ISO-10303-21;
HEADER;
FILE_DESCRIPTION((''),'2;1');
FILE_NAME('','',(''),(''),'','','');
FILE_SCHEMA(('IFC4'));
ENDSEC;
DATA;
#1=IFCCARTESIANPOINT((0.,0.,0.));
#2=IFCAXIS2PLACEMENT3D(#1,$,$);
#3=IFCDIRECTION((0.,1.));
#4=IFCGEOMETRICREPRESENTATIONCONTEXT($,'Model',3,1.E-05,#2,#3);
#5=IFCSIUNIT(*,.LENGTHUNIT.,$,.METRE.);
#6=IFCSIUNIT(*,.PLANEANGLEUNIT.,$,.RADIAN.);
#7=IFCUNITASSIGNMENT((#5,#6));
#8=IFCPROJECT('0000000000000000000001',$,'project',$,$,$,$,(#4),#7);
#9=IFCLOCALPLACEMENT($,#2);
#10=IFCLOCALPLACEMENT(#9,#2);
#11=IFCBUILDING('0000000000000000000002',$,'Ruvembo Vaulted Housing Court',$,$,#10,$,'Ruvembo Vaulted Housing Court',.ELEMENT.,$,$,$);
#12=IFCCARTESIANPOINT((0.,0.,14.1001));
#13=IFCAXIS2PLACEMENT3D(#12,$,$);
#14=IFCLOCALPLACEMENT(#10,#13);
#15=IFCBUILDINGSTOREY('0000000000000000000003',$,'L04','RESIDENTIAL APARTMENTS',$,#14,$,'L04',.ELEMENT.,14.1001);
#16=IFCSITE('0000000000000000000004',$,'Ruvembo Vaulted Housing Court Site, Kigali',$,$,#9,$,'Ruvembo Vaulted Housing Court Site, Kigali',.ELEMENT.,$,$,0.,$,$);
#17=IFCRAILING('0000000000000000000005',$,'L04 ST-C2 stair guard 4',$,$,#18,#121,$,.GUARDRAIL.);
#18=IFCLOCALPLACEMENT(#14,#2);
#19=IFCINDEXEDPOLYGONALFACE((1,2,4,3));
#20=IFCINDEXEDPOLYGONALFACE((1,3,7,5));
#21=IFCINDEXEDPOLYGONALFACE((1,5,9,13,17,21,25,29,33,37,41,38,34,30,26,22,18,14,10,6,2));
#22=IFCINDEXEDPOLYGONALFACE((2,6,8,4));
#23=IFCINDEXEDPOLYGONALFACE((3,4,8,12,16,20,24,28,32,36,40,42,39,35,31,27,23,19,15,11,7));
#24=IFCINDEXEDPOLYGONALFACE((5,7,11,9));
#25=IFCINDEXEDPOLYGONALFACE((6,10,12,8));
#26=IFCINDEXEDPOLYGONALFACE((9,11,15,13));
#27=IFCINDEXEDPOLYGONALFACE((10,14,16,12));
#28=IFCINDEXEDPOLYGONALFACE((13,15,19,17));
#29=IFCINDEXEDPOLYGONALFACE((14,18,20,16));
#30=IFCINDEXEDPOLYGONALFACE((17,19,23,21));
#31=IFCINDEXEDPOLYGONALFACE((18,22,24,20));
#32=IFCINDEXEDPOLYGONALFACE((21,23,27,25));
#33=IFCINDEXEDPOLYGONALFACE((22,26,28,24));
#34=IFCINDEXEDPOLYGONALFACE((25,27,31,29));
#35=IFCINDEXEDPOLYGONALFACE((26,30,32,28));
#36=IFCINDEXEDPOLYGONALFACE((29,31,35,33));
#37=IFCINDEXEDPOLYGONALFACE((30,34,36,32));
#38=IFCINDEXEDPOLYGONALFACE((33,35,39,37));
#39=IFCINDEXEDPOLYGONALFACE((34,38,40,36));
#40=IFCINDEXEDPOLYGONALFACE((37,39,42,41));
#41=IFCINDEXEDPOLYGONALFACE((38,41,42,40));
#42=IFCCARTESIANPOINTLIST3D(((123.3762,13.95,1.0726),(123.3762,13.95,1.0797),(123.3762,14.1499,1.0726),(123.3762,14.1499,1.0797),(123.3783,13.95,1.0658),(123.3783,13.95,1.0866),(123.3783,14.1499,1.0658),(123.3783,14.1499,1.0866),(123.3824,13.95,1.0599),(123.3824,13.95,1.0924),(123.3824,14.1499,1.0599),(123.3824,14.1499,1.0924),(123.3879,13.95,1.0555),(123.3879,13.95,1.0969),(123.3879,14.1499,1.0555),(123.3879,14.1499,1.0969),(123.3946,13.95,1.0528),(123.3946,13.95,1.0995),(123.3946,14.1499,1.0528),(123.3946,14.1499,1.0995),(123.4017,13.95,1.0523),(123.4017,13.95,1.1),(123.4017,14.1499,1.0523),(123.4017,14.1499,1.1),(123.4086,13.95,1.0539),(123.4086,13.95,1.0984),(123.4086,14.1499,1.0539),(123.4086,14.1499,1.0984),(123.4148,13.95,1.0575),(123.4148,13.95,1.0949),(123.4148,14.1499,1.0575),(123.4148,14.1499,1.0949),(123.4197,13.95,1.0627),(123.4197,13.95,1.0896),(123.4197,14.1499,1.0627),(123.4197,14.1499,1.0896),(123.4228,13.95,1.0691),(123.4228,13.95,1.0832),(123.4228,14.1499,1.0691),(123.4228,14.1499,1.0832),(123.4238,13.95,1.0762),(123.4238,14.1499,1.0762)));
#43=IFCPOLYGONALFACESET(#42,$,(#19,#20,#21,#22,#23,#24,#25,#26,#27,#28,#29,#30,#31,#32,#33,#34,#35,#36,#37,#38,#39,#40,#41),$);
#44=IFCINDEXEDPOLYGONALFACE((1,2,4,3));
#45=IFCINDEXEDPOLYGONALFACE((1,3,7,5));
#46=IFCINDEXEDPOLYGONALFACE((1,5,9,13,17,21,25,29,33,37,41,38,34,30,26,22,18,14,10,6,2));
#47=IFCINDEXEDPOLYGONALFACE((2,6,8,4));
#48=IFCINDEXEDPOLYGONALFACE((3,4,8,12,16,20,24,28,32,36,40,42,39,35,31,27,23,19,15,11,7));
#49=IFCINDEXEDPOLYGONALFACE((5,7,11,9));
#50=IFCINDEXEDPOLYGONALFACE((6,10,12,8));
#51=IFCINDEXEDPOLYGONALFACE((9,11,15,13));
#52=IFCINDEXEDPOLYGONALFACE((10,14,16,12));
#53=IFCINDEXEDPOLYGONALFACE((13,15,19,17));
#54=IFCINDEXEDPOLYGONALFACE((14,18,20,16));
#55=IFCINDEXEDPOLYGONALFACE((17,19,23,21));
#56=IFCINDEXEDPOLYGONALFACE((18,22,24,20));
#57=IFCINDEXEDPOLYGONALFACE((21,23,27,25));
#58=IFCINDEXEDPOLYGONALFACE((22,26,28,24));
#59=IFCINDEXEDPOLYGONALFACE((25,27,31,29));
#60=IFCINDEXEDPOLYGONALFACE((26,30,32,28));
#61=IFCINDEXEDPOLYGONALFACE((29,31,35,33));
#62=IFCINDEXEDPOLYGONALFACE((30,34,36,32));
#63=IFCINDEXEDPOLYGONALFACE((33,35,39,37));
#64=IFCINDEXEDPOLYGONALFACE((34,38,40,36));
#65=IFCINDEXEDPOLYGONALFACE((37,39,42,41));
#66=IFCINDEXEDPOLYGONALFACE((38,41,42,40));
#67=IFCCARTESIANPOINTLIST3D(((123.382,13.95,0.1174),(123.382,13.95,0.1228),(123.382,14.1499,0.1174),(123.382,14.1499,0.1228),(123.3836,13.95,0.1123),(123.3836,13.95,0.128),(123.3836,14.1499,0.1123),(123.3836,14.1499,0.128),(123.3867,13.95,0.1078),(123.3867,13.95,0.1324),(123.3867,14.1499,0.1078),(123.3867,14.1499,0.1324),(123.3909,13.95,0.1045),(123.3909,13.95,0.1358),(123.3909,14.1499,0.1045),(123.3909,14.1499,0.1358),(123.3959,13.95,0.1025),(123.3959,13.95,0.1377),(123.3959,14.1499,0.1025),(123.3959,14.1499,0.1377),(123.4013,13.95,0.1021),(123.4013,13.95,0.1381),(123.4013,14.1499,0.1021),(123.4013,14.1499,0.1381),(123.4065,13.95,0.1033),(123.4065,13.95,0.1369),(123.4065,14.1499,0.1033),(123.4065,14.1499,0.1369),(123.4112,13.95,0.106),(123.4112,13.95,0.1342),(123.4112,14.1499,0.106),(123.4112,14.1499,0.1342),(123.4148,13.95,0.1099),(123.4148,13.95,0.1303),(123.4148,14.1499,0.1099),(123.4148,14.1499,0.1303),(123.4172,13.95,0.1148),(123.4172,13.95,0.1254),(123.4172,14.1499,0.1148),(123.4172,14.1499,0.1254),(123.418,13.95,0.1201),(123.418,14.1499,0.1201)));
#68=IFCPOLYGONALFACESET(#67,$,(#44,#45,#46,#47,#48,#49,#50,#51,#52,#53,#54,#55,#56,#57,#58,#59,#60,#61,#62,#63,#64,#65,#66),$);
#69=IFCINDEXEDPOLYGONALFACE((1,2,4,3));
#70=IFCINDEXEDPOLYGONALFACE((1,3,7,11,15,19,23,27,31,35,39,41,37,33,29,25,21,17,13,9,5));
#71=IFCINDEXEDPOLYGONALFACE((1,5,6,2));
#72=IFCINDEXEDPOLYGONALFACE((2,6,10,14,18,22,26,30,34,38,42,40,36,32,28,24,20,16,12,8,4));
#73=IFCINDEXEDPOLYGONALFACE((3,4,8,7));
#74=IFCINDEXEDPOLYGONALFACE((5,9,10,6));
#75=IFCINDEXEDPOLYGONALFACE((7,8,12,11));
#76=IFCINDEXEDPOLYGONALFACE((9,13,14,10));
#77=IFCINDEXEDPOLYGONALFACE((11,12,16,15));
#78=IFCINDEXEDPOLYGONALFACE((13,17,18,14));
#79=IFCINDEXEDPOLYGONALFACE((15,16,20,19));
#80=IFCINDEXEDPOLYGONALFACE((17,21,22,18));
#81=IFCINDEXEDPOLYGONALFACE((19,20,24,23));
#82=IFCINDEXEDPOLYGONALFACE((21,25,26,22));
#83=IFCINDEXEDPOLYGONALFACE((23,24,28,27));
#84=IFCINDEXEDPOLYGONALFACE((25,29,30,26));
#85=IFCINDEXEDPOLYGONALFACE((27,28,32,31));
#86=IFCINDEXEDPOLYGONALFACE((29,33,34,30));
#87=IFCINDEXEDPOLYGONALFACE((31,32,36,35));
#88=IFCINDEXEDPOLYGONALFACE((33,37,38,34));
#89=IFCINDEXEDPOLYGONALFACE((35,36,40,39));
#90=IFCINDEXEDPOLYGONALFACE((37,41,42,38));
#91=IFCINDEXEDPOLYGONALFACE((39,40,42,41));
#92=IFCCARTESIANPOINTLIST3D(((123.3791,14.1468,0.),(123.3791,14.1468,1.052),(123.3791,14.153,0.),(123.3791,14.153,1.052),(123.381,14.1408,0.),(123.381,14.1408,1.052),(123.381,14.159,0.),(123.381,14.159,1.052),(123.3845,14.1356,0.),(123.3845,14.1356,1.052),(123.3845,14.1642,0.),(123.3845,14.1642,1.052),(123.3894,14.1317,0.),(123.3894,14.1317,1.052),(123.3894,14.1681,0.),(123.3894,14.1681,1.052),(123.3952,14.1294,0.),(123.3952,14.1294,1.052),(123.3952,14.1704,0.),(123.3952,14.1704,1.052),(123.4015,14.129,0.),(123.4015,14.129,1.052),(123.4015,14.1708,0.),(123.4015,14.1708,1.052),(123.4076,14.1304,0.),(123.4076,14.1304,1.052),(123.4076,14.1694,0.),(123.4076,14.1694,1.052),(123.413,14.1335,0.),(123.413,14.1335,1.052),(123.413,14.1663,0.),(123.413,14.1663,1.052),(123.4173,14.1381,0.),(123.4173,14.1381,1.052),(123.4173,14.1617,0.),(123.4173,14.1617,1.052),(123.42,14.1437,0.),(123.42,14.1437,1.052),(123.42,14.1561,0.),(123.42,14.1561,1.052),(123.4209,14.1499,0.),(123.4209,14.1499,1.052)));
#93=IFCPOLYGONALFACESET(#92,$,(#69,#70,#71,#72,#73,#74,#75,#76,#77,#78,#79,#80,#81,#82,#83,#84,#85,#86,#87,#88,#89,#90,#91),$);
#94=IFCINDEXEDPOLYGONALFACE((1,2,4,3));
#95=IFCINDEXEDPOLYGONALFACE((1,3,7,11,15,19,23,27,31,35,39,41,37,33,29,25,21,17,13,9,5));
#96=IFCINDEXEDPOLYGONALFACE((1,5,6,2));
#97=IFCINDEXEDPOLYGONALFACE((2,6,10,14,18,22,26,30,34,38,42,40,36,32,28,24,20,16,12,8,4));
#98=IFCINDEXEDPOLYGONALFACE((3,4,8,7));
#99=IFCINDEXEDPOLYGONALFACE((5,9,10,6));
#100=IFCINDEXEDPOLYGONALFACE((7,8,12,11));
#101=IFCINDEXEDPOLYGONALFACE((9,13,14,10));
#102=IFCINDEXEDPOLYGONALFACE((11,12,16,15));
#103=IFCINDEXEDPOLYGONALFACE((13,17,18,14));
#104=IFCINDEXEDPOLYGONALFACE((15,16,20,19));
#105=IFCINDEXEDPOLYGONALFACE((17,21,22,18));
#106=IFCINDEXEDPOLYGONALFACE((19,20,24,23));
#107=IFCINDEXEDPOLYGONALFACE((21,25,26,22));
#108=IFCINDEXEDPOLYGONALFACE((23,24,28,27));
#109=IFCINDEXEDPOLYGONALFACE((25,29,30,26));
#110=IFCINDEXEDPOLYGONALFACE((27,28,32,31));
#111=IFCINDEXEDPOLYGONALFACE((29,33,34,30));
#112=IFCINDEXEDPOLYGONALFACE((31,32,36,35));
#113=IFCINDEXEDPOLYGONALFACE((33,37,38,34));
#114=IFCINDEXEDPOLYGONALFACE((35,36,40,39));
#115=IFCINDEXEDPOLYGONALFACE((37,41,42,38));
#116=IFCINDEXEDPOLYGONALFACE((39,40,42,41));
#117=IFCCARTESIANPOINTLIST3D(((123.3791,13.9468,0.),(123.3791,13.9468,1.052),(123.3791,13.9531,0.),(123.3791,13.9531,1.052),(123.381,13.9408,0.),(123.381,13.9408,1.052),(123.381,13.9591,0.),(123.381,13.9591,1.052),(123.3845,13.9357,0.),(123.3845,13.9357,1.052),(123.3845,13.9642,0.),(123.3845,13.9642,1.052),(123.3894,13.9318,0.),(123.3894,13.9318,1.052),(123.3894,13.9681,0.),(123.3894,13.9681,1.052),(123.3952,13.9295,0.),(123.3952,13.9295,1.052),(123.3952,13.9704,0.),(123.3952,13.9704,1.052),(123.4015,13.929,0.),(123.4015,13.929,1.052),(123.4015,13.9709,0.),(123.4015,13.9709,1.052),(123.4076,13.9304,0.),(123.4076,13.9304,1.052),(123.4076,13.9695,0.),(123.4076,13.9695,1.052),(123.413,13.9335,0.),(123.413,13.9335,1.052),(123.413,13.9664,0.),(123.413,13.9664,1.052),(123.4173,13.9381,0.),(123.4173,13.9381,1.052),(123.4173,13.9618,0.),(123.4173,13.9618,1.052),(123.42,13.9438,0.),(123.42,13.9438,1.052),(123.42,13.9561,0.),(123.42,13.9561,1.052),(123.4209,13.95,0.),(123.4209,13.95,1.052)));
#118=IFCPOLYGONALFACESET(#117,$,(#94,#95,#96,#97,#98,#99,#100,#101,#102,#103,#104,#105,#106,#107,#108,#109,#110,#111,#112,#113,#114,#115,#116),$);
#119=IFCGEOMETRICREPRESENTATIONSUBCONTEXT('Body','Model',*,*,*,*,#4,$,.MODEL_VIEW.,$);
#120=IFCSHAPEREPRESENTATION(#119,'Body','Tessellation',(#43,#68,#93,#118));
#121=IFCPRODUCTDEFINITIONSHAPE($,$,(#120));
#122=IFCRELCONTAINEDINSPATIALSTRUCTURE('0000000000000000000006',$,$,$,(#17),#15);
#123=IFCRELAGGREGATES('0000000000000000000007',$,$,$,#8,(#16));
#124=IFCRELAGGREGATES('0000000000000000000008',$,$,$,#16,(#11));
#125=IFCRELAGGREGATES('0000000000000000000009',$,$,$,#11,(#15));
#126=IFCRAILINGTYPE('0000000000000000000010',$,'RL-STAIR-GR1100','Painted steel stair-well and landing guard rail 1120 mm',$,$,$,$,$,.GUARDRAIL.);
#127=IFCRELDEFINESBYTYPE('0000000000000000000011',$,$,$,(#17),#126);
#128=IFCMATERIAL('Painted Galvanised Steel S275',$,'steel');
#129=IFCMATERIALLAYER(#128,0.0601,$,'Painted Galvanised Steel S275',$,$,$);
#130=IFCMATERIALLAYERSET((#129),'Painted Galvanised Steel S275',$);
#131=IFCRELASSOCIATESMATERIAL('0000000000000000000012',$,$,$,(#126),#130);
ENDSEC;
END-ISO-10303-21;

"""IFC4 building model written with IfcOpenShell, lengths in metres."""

from ifc_helpers import new_model, si_unit, direction, frame, origin, origin_2d, place, context, subcontext, project, spatial, circle, extrude, material, layer, layer_set, type_object, element, save


model = new_model("IFC4")

# Units and contexts
model_context = context("Model", 3, precision=1e-05, world=origin(), true_north=direction((0.0, 1.0)))
body_context = subcontext(model_context, "Body", "Model", "MODEL_VIEW")
ifc_project = project(units=[si_unit("LENGTHUNIT", "METRE"), si_unit("PLANEANGLEUNIT", "RADIAN")], contexts=[model_context])

# Site, building, storey
site_placement = place(None, origin())
site = spatial("IfcSite", under=ifc_project, at=site_placement, Name="Ruvembo Vaulted Housing Court Site, Kigali", LongName="Ruvembo Vaulted Housing Court Site, Kigali", CompositionType="ELEMENT", RefElevation=0.0)
building_placement = place(site_placement, origin())
building = spatial("IfcBuilding", under=site, at=building_placement, Name="Ruvembo Vaulted Housing Court", LongName="Ruvembo Vaulted Housing Court", CompositionType="ELEMENT")
storey_placement = place(building_placement, frame((0.0, 0.0, 14.1001)))
storey = spatial("IfcBuildingStorey", under=building, at=storey_placement, Name="L04", Description="RESIDENTIAL APARTMENTS", LongName="L04", CompositionType="ELEMENT", Elevation=14.1001)

# Railing
ifc_material_1 = material(Name="Painted Galvanised Steel S275", Category="steel")
ifc_layer_1 = layer(ifc_material_1, 0.0601, Name="Painted Galvanised Steel S275")
ifc_layer_set_1 = layer_set([ifc_layer_1], Name="Painted Galvanised Steel S275")
railing_type_1 = type_object("IfcRailingType", Name="RL-STAIR-GR1100", Description="Painted steel stair-well and landing guard rail 1120 mm", PredefinedType="GUARDRAIL", material=ifc_layer_set_1)
railing_1_placement = place(storey_placement, frame((123.3999, 14.1499, 0.0)))
element("IfcRailing", 1, at=railing_1_placement, inside=storey, type_object=railing_type_1, Name="L04 ST-C2 stair guard 4", PredefinedType="GUARDRAIL", context=body_context, shape_type="SweptSolid", body=[
    extrude(circle(Radius=0.0239, at=origin_2d()), frame((0.0, 0.0, 1.0762), z_axis=(0.0, -1.0, 0.0), x_axis=(1.0, 0.0, 0.0)), (0.0, 0.0, 1.0), 0.2),
    extrude(circle(Radius=0.0181, at=origin_2d()), frame((0.0, 0.0, 0.1201), z_axis=(0.0, -1.0, 0.0), x_axis=(1.0, 0.0, 0.0)), (0.0, 0.0, 1.0), 0.2),
    extrude(circle(Radius=0.021, at=origin_2d()), origin(), (0.0, 0.0, 1.0), 1.052),
    extrude(circle(Radius=0.021, at=origin_2d()), frame((0.0, -0.2, 0.0)), (0.0, 0.0, 1.0), 1.052),
])

save(model, "model.ifc")
